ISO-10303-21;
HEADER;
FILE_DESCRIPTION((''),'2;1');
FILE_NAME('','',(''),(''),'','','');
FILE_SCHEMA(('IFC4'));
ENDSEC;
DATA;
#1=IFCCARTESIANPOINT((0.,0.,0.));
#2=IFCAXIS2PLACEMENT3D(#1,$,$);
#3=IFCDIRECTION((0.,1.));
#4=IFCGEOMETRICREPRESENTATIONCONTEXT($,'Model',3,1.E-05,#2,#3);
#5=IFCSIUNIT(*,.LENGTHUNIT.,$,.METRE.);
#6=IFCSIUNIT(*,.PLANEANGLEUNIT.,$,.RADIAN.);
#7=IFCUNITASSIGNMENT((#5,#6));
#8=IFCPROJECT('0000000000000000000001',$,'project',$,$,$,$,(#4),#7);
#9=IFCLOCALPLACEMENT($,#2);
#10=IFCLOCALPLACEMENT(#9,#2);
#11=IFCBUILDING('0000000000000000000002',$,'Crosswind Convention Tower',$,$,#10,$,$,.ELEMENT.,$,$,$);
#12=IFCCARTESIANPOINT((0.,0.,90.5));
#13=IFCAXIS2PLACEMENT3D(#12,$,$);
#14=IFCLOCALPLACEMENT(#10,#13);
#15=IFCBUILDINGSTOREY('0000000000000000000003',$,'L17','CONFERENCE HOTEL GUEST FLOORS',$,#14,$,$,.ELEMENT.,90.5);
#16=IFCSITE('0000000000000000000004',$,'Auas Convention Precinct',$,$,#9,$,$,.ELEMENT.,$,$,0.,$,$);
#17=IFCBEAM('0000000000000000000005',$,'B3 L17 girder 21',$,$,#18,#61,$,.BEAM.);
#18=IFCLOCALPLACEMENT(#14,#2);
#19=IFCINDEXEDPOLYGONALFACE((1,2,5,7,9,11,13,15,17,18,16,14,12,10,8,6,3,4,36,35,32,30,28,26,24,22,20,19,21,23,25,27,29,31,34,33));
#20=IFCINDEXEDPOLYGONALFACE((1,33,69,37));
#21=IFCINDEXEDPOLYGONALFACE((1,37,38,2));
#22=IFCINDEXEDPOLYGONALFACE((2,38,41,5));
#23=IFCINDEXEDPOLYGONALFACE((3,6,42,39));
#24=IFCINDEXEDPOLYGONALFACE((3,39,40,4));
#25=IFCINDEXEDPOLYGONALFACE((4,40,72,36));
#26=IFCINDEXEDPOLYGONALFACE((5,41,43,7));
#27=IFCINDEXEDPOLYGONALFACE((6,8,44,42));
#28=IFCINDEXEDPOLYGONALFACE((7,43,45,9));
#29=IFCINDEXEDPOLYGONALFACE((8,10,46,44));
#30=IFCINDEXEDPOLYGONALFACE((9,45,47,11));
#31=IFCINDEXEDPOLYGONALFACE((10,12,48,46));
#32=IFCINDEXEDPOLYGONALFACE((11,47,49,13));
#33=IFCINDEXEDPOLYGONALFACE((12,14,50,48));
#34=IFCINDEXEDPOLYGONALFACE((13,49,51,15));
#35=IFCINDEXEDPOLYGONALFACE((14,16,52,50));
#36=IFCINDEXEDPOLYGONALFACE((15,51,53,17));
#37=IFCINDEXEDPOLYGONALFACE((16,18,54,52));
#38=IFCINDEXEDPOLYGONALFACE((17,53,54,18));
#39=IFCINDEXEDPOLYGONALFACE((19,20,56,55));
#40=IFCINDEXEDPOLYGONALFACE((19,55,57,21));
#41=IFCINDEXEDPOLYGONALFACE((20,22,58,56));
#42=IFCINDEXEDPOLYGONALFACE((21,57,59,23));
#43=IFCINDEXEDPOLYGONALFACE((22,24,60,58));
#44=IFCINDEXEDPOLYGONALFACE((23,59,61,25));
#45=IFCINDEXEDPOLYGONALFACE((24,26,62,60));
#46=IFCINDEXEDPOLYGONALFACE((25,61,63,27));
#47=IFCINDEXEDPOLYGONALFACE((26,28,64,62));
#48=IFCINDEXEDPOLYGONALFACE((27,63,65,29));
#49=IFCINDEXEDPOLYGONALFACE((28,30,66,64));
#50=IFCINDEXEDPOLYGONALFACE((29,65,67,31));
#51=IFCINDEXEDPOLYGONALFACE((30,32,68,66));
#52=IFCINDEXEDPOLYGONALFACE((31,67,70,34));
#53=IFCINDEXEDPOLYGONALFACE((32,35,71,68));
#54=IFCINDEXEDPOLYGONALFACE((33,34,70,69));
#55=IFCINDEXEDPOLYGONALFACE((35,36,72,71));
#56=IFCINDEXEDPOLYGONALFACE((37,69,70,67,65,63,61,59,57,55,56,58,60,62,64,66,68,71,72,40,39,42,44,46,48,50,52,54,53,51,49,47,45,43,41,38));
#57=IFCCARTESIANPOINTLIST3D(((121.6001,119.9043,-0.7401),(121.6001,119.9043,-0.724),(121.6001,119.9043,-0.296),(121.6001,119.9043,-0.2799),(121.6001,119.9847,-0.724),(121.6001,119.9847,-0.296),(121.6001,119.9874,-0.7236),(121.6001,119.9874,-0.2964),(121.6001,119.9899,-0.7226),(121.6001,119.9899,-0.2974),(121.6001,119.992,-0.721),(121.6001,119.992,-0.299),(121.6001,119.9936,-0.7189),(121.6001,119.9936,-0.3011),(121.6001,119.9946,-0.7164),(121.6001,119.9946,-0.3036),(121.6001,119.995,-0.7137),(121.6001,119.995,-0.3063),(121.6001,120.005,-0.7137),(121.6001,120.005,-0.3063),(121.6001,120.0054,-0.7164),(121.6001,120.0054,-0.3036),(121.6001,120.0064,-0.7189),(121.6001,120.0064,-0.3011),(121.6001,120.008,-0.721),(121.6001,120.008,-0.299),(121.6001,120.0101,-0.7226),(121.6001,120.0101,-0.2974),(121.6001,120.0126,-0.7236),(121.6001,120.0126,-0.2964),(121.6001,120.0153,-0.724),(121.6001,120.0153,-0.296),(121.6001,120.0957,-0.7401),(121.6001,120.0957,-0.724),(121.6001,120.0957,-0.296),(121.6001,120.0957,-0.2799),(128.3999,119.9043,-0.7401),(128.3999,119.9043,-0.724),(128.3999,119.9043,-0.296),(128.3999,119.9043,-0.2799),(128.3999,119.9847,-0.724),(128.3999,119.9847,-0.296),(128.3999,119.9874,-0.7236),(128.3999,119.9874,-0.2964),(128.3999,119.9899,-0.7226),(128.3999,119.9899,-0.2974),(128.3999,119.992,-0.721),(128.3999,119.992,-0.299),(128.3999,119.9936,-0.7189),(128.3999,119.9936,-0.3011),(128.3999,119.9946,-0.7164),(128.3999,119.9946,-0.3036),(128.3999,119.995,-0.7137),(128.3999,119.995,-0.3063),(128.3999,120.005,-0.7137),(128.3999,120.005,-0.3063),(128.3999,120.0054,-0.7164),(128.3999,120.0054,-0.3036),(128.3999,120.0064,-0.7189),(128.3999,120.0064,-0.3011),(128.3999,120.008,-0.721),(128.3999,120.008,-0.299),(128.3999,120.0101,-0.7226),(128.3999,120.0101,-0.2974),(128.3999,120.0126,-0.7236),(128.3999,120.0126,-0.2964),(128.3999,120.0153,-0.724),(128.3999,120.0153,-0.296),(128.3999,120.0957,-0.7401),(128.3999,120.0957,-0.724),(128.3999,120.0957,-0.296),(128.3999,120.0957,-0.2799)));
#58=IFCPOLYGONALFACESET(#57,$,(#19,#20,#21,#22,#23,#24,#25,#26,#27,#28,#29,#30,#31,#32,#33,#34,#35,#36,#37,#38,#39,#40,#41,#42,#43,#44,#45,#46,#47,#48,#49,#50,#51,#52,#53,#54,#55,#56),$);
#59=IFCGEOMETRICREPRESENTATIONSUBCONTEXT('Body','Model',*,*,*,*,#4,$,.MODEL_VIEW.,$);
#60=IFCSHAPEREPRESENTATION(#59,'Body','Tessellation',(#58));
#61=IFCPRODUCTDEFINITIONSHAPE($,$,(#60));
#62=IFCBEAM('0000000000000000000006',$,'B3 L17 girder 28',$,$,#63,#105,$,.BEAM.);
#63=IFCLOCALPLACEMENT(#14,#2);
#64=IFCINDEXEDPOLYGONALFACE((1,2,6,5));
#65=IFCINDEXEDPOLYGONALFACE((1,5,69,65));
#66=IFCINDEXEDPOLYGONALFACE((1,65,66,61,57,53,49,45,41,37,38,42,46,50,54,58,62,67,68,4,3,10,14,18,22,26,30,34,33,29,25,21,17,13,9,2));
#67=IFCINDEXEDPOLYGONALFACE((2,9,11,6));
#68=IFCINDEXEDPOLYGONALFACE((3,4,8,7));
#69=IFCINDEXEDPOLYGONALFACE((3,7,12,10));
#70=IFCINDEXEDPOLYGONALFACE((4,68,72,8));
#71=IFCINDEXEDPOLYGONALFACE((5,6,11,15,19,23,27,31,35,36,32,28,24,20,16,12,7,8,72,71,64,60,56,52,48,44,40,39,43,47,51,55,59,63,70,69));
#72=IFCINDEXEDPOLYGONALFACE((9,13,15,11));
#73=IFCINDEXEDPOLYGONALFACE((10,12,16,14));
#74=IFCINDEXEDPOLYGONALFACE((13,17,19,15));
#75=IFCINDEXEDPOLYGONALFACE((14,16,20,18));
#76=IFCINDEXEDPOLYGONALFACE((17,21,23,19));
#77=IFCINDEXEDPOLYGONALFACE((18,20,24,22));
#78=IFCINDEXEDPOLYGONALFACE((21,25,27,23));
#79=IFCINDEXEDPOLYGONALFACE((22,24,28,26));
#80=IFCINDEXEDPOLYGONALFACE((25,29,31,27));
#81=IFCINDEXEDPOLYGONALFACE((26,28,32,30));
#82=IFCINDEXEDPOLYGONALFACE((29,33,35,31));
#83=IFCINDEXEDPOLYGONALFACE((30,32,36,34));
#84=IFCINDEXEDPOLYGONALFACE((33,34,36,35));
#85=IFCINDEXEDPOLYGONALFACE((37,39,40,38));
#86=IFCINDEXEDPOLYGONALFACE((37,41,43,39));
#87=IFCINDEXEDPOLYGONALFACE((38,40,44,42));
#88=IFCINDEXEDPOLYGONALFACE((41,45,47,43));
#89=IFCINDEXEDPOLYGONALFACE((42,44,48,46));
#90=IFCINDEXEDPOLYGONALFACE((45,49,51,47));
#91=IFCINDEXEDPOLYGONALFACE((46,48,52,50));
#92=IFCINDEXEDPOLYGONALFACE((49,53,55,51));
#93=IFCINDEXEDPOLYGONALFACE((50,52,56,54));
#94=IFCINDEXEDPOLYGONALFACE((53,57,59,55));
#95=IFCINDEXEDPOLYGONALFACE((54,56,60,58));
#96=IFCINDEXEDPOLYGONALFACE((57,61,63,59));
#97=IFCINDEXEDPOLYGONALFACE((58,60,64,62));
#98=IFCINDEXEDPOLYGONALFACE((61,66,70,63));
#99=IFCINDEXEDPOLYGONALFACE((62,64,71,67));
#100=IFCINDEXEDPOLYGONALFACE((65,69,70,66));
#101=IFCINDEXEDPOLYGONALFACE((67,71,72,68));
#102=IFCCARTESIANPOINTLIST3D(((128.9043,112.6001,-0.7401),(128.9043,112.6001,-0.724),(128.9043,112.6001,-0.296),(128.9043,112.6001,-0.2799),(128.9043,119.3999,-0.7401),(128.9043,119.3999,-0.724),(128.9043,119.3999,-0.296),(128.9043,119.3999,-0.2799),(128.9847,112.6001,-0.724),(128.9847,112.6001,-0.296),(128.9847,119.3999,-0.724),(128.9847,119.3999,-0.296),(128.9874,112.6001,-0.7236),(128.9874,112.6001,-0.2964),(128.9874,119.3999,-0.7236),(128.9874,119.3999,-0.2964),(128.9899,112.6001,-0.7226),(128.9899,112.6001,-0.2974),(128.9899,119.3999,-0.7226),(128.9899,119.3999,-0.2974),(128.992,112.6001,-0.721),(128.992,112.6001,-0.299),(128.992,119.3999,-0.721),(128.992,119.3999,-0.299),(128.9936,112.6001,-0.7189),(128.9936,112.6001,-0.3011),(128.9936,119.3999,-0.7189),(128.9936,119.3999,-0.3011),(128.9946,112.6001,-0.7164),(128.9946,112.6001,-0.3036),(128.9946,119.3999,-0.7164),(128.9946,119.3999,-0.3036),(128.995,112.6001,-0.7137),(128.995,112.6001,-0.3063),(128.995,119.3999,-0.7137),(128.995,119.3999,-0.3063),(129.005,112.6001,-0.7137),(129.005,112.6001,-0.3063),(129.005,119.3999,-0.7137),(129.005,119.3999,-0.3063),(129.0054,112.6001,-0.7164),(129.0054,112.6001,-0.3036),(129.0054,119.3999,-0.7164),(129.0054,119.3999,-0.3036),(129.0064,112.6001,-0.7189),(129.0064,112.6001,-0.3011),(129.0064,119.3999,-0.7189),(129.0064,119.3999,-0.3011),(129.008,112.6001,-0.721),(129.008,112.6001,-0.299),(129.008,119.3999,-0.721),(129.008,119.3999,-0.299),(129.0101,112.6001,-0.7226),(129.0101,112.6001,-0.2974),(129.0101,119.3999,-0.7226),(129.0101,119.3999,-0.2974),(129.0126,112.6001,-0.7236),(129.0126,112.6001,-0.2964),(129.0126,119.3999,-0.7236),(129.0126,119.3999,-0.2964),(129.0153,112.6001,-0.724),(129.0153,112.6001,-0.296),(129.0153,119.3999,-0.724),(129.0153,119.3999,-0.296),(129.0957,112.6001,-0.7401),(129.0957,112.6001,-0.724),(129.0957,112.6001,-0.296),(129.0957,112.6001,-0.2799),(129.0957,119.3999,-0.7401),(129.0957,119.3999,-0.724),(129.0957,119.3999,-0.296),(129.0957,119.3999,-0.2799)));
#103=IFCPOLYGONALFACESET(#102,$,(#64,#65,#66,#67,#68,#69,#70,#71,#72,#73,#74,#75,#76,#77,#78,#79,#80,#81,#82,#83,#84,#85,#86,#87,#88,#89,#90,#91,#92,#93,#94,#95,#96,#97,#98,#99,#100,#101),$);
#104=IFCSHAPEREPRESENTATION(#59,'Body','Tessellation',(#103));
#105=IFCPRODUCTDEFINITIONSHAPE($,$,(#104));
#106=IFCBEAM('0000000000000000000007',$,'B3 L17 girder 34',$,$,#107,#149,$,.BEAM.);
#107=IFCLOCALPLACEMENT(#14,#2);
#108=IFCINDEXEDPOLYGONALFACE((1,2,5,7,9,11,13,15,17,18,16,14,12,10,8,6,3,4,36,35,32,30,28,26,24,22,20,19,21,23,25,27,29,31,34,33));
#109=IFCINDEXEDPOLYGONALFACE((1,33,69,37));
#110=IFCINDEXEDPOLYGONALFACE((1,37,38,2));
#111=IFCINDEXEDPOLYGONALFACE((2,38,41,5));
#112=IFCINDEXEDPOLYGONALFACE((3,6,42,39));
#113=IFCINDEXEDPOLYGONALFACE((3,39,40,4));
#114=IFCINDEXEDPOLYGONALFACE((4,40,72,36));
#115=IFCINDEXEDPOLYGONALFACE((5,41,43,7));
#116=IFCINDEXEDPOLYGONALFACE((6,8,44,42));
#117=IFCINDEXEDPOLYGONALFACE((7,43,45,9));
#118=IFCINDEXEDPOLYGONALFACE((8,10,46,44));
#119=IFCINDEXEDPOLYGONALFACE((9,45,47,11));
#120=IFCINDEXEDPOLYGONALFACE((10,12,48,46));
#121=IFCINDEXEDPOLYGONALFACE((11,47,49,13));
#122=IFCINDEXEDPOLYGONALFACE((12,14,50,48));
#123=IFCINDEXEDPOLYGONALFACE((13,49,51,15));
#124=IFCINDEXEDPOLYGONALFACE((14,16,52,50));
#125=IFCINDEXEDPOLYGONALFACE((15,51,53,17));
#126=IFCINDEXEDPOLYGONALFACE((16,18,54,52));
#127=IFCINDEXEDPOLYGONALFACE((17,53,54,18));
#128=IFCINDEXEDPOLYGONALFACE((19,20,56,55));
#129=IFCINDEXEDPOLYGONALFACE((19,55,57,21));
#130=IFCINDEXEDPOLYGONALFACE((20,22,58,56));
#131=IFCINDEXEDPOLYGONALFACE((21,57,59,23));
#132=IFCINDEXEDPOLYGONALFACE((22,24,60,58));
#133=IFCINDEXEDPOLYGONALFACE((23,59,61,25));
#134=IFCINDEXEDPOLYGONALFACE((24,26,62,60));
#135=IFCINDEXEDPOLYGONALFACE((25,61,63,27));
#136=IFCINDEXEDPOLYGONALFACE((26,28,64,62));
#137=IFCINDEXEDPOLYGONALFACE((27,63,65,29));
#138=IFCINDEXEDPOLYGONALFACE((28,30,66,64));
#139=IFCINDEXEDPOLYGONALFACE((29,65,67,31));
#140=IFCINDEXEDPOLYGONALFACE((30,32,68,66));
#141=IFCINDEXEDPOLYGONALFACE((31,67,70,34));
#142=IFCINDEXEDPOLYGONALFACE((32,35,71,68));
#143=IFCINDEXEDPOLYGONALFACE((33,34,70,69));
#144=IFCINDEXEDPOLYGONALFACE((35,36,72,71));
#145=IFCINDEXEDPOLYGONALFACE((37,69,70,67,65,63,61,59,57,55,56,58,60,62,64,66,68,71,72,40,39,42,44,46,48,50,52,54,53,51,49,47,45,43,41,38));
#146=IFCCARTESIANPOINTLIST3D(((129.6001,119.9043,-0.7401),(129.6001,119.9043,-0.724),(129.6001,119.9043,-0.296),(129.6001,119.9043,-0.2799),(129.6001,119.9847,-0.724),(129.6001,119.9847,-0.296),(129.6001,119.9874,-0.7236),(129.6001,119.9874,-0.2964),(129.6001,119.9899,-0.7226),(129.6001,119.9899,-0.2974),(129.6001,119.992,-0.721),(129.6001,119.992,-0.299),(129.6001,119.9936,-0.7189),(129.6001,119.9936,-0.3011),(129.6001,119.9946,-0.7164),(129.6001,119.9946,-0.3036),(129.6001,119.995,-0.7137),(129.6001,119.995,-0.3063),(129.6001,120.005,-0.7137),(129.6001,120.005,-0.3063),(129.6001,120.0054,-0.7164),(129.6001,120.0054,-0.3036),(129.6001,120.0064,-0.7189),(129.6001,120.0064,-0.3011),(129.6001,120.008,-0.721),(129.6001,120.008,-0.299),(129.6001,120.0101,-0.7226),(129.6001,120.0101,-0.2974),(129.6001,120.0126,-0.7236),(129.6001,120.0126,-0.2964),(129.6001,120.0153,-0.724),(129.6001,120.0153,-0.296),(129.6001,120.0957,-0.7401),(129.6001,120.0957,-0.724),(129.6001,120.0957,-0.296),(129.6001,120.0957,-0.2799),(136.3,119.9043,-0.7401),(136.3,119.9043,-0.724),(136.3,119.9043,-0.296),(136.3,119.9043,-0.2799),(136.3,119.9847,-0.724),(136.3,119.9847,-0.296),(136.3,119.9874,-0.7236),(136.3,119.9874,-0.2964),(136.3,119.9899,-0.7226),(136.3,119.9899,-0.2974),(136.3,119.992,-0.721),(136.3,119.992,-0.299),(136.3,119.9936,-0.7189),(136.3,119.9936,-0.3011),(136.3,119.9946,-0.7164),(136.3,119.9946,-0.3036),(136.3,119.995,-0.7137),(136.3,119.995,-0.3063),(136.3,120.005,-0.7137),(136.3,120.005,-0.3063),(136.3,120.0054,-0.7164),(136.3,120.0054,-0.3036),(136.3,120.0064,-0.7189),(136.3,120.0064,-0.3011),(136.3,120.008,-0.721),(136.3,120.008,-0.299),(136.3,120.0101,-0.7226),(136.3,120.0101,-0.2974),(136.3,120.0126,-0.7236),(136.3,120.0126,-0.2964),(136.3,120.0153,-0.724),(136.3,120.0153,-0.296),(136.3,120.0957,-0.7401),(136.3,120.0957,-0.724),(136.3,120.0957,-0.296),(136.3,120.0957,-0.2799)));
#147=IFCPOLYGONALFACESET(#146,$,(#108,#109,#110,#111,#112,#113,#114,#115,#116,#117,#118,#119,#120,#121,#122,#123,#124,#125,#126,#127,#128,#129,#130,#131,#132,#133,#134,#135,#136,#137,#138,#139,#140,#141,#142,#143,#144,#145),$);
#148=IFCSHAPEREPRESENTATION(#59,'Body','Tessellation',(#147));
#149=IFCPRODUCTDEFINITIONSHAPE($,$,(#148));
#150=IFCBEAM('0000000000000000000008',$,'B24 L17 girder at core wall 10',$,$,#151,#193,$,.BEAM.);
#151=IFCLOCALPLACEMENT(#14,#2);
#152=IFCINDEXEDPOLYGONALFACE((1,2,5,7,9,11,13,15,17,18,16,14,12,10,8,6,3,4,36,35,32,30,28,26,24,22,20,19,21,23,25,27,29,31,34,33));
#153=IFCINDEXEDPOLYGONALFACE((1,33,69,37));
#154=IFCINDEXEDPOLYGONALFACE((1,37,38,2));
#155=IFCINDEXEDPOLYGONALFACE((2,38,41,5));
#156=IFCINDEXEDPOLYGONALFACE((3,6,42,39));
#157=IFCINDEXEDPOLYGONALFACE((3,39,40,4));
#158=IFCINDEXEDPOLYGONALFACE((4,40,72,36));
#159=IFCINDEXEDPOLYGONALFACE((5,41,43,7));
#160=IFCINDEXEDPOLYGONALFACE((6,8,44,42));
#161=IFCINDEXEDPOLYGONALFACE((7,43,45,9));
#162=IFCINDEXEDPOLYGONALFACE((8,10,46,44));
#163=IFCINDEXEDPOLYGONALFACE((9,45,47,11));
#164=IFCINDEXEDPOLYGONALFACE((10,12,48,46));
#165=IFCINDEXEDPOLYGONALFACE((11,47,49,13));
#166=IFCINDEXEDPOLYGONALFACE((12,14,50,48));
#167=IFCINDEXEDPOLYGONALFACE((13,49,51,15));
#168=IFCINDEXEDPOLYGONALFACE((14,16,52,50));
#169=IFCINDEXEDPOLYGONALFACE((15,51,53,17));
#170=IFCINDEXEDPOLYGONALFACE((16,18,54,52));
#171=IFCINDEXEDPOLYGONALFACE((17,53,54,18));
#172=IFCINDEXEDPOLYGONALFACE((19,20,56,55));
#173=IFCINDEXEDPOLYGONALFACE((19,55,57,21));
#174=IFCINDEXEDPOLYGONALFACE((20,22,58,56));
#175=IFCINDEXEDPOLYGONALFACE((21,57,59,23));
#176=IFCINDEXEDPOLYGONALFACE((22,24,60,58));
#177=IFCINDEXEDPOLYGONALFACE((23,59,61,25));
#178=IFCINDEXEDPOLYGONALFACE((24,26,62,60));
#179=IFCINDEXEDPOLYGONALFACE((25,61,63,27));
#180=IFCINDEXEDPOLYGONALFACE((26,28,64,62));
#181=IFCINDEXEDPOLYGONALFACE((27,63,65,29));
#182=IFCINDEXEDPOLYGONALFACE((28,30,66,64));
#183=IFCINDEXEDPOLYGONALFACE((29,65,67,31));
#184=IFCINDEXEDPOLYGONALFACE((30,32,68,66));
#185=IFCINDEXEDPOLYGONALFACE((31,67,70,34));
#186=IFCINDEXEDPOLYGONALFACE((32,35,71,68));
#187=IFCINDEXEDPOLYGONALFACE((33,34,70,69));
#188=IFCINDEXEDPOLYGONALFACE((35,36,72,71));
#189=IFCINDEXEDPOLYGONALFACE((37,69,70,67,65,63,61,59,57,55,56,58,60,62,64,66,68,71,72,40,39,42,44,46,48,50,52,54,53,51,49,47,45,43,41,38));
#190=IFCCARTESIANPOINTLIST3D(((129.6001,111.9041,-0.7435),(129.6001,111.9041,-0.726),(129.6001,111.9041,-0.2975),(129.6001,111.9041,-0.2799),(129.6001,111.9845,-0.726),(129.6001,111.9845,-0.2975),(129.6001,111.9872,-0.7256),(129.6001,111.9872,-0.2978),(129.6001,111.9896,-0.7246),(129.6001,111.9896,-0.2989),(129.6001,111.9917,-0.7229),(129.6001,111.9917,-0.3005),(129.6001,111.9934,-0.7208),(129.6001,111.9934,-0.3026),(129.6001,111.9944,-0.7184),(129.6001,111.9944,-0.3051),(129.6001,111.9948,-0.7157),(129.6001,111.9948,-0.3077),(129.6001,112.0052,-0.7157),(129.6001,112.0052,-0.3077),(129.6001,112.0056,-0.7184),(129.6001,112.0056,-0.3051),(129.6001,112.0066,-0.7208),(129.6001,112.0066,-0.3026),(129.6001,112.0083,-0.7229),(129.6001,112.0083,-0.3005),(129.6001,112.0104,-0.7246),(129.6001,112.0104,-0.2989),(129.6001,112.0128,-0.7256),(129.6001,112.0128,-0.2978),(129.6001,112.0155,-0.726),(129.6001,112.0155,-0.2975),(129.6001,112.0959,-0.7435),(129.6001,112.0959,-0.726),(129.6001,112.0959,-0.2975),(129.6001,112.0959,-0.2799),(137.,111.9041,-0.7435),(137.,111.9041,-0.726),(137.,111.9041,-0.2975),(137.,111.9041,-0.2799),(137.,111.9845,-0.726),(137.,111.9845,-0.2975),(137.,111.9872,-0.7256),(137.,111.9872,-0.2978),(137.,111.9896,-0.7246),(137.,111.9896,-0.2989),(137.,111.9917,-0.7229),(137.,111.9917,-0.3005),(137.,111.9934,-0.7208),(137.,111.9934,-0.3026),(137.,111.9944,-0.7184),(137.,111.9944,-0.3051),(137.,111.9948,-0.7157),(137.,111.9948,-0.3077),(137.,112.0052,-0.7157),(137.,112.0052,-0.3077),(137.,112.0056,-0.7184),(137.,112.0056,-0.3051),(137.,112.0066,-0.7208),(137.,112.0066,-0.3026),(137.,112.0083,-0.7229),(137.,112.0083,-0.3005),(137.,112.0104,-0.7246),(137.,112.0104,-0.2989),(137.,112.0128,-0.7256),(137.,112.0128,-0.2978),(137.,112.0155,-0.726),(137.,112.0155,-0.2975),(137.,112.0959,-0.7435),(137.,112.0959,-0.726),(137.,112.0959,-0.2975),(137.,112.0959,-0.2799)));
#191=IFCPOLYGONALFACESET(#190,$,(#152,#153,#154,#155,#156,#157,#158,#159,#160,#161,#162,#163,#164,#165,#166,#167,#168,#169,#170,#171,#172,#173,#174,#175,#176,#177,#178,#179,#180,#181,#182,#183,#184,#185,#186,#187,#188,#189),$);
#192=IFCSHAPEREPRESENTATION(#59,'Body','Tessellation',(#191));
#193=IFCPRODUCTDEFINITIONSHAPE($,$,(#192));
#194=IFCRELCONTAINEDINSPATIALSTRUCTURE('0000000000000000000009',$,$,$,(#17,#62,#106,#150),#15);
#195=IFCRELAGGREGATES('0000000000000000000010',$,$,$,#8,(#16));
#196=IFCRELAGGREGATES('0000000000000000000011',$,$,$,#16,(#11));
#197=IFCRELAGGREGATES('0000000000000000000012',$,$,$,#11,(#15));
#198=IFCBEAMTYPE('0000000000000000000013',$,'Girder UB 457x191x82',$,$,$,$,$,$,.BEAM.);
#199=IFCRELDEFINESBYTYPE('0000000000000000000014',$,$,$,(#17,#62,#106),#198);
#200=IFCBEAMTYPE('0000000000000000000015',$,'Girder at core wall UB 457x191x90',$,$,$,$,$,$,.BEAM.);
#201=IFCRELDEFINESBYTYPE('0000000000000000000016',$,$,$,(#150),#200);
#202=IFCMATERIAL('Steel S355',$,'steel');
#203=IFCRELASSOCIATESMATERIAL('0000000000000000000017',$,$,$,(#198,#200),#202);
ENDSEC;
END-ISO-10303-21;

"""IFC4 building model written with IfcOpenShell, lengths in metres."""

from ifc_helpers import new_model, si_unit, direction, frame, origin, origin_2d, place, context, subcontext, project, spatial, i_section, extrude, material, material_profile, profile_set, type_object, element, save


model = new_model("IFC4")

# Units and contexts
model_context = context("Model", 3, precision=1e-05, world=origin(), true_north=direction((0.0, 1.0)))
body_context = subcontext(model_context, "Body", "Model", "MODEL_VIEW")
ifc_project = project(units=[si_unit("LENGTHUNIT", "METRE"), si_unit("PLANEANGLEUNIT", "RADIAN")], contexts=[model_context])

# Site, building, storey
site_placement = place(None, origin())
site = spatial("IfcSite", under=ifc_project, at=site_placement, Name="Auas Convention Precinct", CompositionType="ELEMENT", RefElevation=0.0)
building_placement = place(site_placement, origin())
building = spatial("IfcBuilding", under=site, at=building_placement, Name="Crosswind Convention Tower", CompositionType="ELEMENT")
storey_placement = place(building_placement, frame((0.0, 0.0, 90.5)))
storey = spatial("IfcBuildingStorey", under=building, at=storey_placement, Name="L17", Description="CONFERENCE HOTEL GUEST FLOORS", CompositionType="ELEMENT", Elevation=90.5)

# Beams
ifc_material_1 = material(Name="Steel S355", Category="steel")
ifc_material_profile_1 = material_profile(ifc_material_1, i_section(OverallWidth=0.1914, OverallDepth=0.4602, WebThickness=0.01, FlangeThickness=0.0161, FilletRadius=0.0103, at=origin_2d()), Name="UB 457x191x82")
ifc_profile_set_1 = profile_set([ifc_material_profile_1], Name="Steel S355")
beam_type_1 = type_object("IfcBeamType", Name="Girder UB 457x191x82", PredefinedType="BEAM", material=ifc_profile_set_1)
for number, where, z_axis, x_axis, name in (
    (1, (121.6001, 120.0, -0.51), (1.0, 0.0, 0.0), (0.0, 1.0, 0.0), "B3 L17 girder 21"),
    (2, (129.0, 112.6001, -0.51), (0.0, 1.0, 0.0), (-1.0, 0.0, 0.0), "B3 L17 girder 28"),
):
    element("IfcBeam", number, at=place(storey_placement, frame(where, z_axis=z_axis, x_axis=x_axis)), inside=storey, type_object=beam_type_1, Name=name, PredefinedType="BEAM", context=body_context, shape_type="SweptSolid", body=[
        extrude(i_section(OverallWidth=0.1914, OverallDepth=0.4602, WebThickness=0.01, FlangeThickness=0.0161, FilletRadius=0.0103, at=origin_2d()), origin(), (0.0, 0.0, 1.0), 6.7998),
    ])
beam_1_placement = place(storey_placement, frame((129.6001, 120.0, -0.51), z_axis=(1.0, 0.0, 0.0), x_axis=(0.0, 1.0, 0.0)))
element("IfcBeam", 3, at=beam_1_placement, inside=storey, type_object=beam_type_1, Name="B3 L17 girder 34", PredefinedType="BEAM", context=body_context, shape_type="SweptSolid", body=[
    extrude(i_section(OverallWidth=0.1914, OverallDepth=0.4602, WebThickness=0.01, FlangeThickness=0.0161, FilletRadius=0.0103, at=origin_2d()), origin(), (0.0, 0.0, 1.0), 6.7),
])
ifc_material_profile_2 = material_profile(ifc_material_1, i_section(OverallWidth=0.1919, OverallDepth=0.4636, WebThickness=0.0105, FlangeThickness=0.0176, FilletRadius=0.0103, at=origin_2d()), Name="UB 457x191x90")
ifc_profile_set_2 = profile_set([ifc_material_profile_2], Name="Steel S355")
beam_type_2 = type_object("IfcBeamType", Name="Girder at core wall UB 457x191x90", PredefinedType="BEAM", material=ifc_profile_set_2)
beam_2_placement = place(storey_placement, frame((129.6001, 112.0, -0.5117), z_axis=(1.0, 0.0, 0.0), x_axis=(0.0, 1.0, 0.0)))
element("IfcBeam", 4, at=beam_2_placement, inside=storey, type_object=beam_type_2, Name="B24 L17 girder at core wall 10", PredefinedType="BEAM", context=body_context, shape_type="SweptSolid", body=[
    extrude(i_section(OverallWidth=0.1919, OverallDepth=0.4636, WebThickness=0.0105, FlangeThickness=0.0176, FilletRadius=0.0103, at=origin_2d()), origin(), (0.0, 0.0, 1.0), 7.3999),
])

save(model, "model.ifc")
